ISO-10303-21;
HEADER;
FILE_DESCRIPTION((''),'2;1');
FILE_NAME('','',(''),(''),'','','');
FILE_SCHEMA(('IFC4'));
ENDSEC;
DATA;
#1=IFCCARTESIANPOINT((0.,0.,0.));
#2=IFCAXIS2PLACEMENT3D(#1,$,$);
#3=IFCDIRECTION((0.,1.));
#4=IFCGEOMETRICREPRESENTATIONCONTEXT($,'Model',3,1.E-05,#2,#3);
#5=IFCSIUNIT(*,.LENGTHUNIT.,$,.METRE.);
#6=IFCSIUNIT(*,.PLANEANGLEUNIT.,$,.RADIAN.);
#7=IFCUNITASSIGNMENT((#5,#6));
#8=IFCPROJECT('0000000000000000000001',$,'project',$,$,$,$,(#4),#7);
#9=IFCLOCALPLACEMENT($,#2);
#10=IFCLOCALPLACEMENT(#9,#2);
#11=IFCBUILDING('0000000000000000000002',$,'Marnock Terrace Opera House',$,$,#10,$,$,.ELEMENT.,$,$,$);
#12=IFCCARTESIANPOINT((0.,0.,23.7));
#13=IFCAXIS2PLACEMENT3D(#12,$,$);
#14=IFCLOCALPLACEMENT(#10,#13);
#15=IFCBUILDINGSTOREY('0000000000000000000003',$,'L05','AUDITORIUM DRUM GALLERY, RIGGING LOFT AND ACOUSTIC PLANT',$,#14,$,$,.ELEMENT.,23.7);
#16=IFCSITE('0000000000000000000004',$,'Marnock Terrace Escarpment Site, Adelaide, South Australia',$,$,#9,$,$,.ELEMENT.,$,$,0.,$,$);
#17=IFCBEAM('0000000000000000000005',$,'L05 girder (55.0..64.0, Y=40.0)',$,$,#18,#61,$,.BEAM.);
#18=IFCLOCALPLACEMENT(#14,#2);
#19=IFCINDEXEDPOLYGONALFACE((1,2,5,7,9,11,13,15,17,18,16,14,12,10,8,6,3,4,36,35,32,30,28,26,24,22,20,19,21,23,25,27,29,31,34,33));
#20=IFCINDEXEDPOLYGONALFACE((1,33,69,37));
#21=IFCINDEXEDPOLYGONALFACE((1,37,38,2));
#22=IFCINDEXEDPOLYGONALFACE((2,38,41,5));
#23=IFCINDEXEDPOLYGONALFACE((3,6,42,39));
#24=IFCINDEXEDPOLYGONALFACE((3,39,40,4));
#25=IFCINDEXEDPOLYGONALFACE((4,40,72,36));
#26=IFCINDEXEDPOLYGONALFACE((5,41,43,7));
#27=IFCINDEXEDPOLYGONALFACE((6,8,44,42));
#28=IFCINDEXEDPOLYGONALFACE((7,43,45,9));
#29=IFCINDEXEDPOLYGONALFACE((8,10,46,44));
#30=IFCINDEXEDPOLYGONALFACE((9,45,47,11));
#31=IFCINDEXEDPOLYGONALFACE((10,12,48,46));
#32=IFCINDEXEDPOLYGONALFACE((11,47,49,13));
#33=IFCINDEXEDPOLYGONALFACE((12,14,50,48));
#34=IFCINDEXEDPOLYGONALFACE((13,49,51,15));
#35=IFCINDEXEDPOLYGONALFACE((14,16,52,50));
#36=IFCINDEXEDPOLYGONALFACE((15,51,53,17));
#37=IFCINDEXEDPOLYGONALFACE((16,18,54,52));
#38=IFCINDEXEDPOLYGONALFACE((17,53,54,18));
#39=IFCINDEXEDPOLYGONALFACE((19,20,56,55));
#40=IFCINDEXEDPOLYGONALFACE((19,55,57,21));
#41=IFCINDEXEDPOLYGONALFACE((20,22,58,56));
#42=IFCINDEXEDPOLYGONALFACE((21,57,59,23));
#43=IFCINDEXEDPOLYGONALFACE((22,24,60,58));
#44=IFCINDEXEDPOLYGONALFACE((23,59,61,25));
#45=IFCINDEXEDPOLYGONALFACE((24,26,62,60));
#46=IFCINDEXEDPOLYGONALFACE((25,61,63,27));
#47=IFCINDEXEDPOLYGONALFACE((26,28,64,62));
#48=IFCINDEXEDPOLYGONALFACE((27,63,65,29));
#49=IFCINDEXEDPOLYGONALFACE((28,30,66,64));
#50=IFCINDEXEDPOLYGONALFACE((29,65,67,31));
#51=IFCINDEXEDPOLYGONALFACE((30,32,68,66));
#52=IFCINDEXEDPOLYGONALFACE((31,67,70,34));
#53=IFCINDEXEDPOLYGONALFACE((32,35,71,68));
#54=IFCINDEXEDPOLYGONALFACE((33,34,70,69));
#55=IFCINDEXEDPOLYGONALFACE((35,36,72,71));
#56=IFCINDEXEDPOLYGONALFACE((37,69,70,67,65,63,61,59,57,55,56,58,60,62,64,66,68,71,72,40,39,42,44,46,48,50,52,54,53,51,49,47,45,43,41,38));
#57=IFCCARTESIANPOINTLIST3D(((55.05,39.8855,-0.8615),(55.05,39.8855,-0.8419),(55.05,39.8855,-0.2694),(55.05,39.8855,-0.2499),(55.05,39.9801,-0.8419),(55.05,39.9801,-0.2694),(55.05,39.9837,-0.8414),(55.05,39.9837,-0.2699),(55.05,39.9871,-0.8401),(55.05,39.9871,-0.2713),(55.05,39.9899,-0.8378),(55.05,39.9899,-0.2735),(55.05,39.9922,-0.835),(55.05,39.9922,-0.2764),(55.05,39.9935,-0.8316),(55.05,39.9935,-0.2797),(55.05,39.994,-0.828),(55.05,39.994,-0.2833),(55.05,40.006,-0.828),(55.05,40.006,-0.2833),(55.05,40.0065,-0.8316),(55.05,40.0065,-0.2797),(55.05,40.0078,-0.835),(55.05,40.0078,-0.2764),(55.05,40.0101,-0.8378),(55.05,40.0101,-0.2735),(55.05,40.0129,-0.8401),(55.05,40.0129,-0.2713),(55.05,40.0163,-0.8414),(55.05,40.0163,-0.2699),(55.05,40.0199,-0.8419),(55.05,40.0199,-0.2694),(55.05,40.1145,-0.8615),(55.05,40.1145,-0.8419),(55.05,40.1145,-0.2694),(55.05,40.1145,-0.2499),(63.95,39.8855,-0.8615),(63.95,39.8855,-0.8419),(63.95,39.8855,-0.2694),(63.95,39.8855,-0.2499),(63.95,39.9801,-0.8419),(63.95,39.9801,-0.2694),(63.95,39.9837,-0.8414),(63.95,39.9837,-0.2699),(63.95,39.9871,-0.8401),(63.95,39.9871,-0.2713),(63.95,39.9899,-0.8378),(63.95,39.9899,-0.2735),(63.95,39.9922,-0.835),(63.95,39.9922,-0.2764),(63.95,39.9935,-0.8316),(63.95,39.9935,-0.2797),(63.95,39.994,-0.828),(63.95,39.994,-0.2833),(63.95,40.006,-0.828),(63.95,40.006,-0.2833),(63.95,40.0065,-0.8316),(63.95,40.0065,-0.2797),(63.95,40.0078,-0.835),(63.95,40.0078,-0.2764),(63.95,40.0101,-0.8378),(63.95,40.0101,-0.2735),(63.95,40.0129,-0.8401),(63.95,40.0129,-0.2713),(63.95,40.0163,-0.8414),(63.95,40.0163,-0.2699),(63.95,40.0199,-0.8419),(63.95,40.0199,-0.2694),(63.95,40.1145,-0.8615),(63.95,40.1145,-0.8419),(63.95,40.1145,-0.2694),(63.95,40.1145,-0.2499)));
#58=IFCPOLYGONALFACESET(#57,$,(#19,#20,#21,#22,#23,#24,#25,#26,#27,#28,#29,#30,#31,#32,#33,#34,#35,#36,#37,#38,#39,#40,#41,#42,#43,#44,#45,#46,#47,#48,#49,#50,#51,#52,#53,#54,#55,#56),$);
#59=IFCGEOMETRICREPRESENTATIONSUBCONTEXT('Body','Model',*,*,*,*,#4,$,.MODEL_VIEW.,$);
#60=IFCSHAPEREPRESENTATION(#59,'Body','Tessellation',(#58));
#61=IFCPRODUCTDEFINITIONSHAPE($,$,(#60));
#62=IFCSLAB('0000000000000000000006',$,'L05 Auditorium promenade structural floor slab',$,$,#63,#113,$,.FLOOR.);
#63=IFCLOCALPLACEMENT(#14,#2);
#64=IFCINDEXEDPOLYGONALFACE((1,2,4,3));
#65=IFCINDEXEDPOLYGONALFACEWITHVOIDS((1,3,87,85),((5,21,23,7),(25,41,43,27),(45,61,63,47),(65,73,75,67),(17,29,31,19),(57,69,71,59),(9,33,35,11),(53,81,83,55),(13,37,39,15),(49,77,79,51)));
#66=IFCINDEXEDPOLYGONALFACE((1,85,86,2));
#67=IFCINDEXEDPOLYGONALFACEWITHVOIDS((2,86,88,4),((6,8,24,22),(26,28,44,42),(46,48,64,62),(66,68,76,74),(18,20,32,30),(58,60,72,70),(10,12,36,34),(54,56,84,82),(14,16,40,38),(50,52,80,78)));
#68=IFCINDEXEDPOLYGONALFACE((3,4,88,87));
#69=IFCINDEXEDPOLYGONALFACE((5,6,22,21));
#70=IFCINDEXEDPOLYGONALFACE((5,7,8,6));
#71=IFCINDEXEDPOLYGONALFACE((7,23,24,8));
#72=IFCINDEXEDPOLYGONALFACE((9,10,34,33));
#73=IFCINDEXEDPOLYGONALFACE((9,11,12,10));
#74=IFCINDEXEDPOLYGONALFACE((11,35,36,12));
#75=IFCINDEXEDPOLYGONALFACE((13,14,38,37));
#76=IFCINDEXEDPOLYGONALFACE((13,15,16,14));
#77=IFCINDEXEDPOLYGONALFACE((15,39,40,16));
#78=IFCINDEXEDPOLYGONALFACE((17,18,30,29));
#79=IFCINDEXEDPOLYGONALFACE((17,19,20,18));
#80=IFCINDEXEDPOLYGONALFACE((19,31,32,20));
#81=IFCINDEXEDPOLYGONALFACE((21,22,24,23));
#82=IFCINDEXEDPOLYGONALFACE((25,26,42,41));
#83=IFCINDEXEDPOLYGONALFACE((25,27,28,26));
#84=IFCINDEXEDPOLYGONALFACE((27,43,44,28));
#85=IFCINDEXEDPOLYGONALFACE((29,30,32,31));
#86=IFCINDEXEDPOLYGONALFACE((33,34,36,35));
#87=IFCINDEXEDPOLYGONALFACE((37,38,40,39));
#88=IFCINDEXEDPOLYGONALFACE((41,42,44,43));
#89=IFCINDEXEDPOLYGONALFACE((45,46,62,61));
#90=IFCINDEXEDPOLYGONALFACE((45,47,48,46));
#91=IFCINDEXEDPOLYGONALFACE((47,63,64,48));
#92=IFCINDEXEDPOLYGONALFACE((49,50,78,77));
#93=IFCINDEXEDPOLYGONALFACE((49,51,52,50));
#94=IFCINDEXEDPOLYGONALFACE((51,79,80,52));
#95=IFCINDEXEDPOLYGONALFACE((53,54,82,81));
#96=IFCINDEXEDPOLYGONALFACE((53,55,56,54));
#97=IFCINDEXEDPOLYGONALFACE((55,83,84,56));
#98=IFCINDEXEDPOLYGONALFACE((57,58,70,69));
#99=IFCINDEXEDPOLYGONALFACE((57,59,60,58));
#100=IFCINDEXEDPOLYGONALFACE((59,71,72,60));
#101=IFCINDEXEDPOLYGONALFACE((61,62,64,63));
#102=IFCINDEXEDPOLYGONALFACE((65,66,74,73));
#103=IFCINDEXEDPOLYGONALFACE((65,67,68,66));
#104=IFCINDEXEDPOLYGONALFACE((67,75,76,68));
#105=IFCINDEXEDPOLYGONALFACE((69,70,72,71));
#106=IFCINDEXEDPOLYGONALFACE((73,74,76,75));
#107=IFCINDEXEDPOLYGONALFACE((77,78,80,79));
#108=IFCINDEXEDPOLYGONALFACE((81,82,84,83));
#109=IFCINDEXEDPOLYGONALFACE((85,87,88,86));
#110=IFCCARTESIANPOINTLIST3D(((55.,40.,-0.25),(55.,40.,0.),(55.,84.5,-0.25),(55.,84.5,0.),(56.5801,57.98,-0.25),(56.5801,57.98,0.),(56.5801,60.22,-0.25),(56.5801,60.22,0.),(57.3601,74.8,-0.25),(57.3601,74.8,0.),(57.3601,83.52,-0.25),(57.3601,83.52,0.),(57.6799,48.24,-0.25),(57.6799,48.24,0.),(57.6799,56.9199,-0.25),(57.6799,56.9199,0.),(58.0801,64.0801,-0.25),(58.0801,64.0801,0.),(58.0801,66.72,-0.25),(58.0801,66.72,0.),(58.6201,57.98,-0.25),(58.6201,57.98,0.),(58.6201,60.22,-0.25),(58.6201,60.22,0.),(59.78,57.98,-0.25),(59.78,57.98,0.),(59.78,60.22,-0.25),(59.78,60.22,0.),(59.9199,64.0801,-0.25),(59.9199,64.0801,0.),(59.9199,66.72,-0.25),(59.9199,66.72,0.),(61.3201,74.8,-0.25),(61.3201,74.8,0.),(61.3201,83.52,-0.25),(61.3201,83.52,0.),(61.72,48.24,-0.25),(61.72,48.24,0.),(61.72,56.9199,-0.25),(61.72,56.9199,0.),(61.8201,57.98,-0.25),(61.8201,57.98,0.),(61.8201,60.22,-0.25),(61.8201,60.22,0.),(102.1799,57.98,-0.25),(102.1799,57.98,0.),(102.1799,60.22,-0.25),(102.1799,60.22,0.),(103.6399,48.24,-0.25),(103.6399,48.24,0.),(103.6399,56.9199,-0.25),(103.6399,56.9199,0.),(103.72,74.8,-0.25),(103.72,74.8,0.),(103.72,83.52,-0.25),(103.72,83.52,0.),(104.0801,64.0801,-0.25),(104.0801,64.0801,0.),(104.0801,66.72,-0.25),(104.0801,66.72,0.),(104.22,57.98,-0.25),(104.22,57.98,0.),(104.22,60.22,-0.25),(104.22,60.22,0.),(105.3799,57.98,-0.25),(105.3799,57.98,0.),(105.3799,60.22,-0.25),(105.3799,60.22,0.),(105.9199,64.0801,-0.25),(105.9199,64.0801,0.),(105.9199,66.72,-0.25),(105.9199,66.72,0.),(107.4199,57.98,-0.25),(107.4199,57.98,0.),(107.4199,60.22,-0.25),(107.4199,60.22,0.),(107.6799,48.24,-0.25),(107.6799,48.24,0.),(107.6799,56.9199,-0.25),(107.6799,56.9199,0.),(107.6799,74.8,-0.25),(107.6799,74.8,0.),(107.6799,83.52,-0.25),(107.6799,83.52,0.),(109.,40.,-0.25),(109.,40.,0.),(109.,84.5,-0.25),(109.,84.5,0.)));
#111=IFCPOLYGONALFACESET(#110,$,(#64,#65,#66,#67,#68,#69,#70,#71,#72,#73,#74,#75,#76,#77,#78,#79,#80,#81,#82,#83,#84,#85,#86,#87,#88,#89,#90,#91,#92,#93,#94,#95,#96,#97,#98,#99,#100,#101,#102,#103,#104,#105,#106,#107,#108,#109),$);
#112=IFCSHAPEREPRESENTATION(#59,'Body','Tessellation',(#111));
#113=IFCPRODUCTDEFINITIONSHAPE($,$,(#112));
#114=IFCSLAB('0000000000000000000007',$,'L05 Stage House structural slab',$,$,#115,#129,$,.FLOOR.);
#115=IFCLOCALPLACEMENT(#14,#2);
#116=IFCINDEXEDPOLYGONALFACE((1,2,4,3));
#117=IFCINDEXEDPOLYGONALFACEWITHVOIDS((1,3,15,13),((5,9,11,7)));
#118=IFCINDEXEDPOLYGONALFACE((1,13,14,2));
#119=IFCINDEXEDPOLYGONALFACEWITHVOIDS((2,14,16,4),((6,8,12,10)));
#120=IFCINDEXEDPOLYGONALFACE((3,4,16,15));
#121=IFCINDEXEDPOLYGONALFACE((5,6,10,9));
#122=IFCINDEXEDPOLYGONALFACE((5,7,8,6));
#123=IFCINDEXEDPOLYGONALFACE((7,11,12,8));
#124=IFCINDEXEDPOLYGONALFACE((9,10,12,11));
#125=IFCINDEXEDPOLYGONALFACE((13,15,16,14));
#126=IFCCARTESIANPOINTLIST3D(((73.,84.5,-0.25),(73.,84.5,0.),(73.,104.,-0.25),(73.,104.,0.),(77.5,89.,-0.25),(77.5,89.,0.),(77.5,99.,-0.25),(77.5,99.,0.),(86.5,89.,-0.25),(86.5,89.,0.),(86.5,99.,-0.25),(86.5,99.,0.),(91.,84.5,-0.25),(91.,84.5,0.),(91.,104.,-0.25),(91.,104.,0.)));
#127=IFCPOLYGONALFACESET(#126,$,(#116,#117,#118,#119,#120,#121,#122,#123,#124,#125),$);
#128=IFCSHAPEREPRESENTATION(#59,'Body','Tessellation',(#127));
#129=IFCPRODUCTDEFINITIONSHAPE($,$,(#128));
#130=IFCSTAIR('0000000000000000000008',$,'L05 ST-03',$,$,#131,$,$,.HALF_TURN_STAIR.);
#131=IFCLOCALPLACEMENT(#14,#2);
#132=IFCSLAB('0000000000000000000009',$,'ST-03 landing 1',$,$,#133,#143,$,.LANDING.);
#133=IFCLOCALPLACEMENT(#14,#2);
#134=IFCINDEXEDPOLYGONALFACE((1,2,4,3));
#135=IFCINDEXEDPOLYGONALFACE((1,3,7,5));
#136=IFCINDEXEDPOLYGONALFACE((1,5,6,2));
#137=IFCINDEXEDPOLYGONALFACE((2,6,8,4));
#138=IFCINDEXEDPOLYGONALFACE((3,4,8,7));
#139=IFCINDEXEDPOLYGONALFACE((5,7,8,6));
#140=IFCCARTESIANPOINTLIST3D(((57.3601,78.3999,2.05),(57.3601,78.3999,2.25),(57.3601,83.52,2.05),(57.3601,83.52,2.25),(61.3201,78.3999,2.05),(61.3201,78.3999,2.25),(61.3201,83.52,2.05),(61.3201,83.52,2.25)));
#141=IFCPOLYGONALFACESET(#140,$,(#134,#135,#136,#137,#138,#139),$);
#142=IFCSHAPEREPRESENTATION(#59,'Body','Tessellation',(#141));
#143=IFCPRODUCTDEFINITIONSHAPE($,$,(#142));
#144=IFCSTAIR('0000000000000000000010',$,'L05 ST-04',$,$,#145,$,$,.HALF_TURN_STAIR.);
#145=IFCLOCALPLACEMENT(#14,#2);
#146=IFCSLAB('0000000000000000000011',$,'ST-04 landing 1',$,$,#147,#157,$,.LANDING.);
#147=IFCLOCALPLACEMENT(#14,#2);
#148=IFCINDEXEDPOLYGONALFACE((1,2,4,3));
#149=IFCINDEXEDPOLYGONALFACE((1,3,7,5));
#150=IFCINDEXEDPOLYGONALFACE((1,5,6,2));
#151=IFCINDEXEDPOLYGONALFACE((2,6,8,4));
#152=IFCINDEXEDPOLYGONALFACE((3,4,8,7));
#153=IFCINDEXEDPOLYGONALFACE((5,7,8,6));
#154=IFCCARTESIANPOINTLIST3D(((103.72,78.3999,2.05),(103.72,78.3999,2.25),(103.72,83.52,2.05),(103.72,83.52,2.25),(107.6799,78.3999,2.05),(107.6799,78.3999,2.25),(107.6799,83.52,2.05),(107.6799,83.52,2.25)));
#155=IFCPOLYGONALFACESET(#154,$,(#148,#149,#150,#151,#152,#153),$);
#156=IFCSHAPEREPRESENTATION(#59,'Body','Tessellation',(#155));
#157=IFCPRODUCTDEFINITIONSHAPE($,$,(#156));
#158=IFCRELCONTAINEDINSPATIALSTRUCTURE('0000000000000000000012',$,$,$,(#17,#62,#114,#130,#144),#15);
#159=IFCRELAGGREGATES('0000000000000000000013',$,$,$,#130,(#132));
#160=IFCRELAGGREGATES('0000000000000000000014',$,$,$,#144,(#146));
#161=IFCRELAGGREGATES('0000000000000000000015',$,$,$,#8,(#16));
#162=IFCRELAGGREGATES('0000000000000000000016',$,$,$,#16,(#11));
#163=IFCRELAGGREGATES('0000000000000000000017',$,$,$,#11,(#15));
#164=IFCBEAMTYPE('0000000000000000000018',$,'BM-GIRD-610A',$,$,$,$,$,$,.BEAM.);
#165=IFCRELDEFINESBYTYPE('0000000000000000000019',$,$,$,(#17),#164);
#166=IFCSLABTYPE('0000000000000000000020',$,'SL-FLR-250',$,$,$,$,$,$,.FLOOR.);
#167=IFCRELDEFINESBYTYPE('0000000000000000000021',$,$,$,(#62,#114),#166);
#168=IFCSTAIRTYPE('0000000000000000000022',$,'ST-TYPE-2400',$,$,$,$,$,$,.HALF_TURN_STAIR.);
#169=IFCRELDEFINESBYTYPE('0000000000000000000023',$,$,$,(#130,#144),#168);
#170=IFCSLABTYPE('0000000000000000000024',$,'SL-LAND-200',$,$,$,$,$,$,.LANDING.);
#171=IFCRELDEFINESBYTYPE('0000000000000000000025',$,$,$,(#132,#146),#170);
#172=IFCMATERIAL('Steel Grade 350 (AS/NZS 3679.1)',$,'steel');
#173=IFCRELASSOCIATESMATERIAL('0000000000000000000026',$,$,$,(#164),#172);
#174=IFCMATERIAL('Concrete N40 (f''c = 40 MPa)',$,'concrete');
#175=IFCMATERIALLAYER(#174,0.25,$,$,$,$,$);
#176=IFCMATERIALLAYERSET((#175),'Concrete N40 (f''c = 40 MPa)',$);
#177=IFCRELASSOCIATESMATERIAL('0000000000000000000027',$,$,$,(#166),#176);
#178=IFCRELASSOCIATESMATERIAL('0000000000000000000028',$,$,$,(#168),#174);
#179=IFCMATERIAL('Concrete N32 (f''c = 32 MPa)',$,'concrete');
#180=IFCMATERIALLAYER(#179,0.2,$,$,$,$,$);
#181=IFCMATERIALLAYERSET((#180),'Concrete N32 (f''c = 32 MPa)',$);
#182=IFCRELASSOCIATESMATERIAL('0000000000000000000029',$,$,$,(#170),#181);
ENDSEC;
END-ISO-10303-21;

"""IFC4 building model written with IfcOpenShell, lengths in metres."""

from ifc_helpers import new_model, si_unit, direction, frame, origin, origin_2d, place, context, subcontext, project, spatial, polyline, i_section, outline, extrude, material, layer, layer_set, material_profile, profile_set, type_object, element, aggregate, save


model = new_model("IFC4")

# Units and contexts
model_context = context("Model", 3, precision=1e-05, world=origin(), true_north=direction((0.0, 1.0)))
body_context = subcontext(model_context, "Body", "Model", "MODEL_VIEW")
ifc_project = project(units=[si_unit("LENGTHUNIT", "METRE"), si_unit("PLANEANGLEUNIT", "RADIAN")], contexts=[model_context])

# Site, building, storey
site_placement = place(None, origin())
site = spatial("IfcSite", under=ifc_project, at=site_placement, Name="Marnock Terrace Escarpment Site, Adelaide, South Australia", CompositionType="ELEMENT", RefElevation=0.0)
building_placement = place(site_placement, origin())
building = spatial("IfcBuilding", under=site, at=building_placement, Name="Marnock Terrace Opera House", CompositionType="ELEMENT")
storey_placement = place(building_placement, frame((0.0, 0.0, 23.7)))
storey = spatial("IfcBuildingStorey", under=building, at=storey_placement, Name="L05", Description="AUDITORIUM DRUM GALLERY, RIGGING LOFT AND ACOUSTIC PLANT", CompositionType="ELEMENT", Elevation=23.7)

# Shared definitions
ifc_material_1 = material(Name="Concrete N40 (f'c = 40 MPa)", Category="concrete")

# Beam
ifc_material_2 = material(Name="Steel Grade 350 (AS/NZS 3679.1)", Category="steel")
ifc_material_profile_1 = material_profile(ifc_material_2, i_section(OverallWidth=0.229, OverallDepth=0.6116, WebThickness=0.012, FlangeThickness=0.0195, FilletRadius=0.0139, at=origin_2d()))
ifc_profile_set_1 = profile_set([ifc_material_profile_1], Name="Steel Grade 350 (AS/NZS 3679.1)")
beam_type_1 = type_object("IfcBeamType", Name="BM-GIRD-610A", PredefinedType="BEAM", material=ifc_profile_set_1)
beam_1_placement = place(storey_placement, frame((55.05, 40.0, -0.5557), z_axis=(1.0, 0.0, 0.0), x_axis=(0.0, 1.0, 0.0)))
element("IfcBeam", 1, at=beam_1_placement, inside=storey, type_object=beam_type_1, Name="L05 girder (55.0..64.0, Y=40.0)", PredefinedType="BEAM", context=body_context, shape_type="SweptSolid", body=[
    extrude(i_section(OverallWidth=0.229, OverallDepth=0.6116, WebThickness=0.012, FlangeThickness=0.0195, FilletRadius=0.0139, at=origin_2d()), origin(), (0.0, 0.0, 1.0), 8.8999),
])

# Slabs
ifc_layer_1 = layer(ifc_material_1, 0.25)
ifc_layer_set_1 = layer_set([ifc_layer_1], Name="Concrete N40 (f'c = 40 MPa)")
slab_type_1 = type_object("IfcSlabType", Name="SL-FLR-250", PredefinedType="FLOOR", material=ifc_layer_set_1)
slab_1_placement = place(storey_placement, frame((0.0, 0.0, -0.25)))
element("IfcSlab", 2, at=slab_1_placement, inside=storey, type_object=slab_type_1, Name="L05 Auditorium promenade structural floor slab", PredefinedType="FLOOR", context=body_context, shape_type="SweptSolid", body=[
    extrude(outline(polyline([(55.0, 40.0), (109.0, 40.0), (109.0, 84.5), (55.0, 84.5), (55.0, 40.0)]), holes=[polyline([(61.72, 48.24), (61.72, 56.9199), (57.6799, 56.9199), (57.6799, 48.24), (61.72, 48.24)]), polyline([(56.5801, 57.98), (58.6201, 57.98), (58.6201, 60.22), (56.5801, 60.22), (56.5801, 57.98)]), polyline([(59.78, 57.98), (61.8201, 57.98), (61.8201, 60.22), (59.78, 60.22), (59.78, 57.98)]), polyline([(107.6799, 48.24), (107.6799, 56.9199), (103.6399, 56.9199), (103.6399, 48.24), (107.6799, 48.24)]), polyline([(102.1799, 57.98), (104.22, 57.98), (104.22, 60.22), (102.1799, 60.22), (102.1799, 57.98)]), polyline([(105.3799, 57.98), (107.4199, 57.98), (107.4199, 60.22), (105.3799, 60.22), (105.3799, 57.98)]), polyline([(61.3201, 74.8), (61.3201, 83.52), (57.3601, 83.52), (57.3601, 74.8), (61.3201, 74.8)]), polyline([(58.0801, 64.0801), (59.9199, 64.0801), (59.9199, 66.72), (58.0801, 66.72), (58.0801, 64.0801)]), polyline([(107.6799, 74.8), (107.6799, 83.52), (103.72, 83.52), (103.72, 74.8), (107.6799, 74.8)]), polyline([(104.0801, 64.0801), (105.9199, 64.0801), (105.9199, 66.72), (104.0801, 66.72), (104.0801, 64.0801)])]), origin(), (0.0, 0.0, 1.0), 0.25),
])
slab_2_placement = place(storey_placement, frame((0.0, 0.0, -0.25)))
element("IfcSlab", 3, at=slab_2_placement, inside=storey, type_object=slab_type_1, Name="L05 Stage House structural slab", PredefinedType="FLOOR", context=body_context, shape_type="SweptSolid", body=[
    extrude(outline(polyline([(73.0, 84.5), (91.0, 84.5), (91.0, 104.0), (73.0, 104.0), (73.0, 84.5)]), holes=[polyline([(77.5, 89.0), (86.5, 89.0), (86.5, 99.0), (77.5, 99.0), (77.5, 89.0)])]), origin(), (0.0, 0.0, 1.0), 0.25),
])

# Stairs, slabs
stair_type = type_object("IfcStairType", Name="ST-TYPE-2400", PredefinedType="HALF_TURN_STAIR", material=ifc_material_1)
stair_1_placement = place(storey_placement, origin())
stair_1 = element("IfcStair", 4, at=stair_1_placement, inside=storey, type_object=stair_type, Name="L05 ST-03", PredefinedType="HALF_TURN_STAIR")
ifc_material_3 = material(Name="Concrete N32 (f'c = 32 MPa)", Category="concrete")
ifc_layer_2 = layer(ifc_material_3, 0.2)
ifc_layer_set_2 = layer_set([ifc_layer_2], Name="Concrete N32 (f'c = 32 MPa)")
slab_type_2 = type_object("IfcSlabType", Name="SL-LAND-200", PredefinedType="LANDING", material=ifc_layer_set_2)
slab_3_placement = place(storey_placement, frame((0.0, 0.0, 2.05)))
slab_3 = element("IfcSlab", 5, at=slab_3_placement, type_object=slab_type_2, Name="ST-03 landing 1", PredefinedType="LANDING", context=body_context, shape_type="SweptSolid", body=[
    extrude(outline(polyline([(61.3201, 78.3999), (61.3201, 83.52), (57.3601, 83.52), (57.3601, 78.3999), (61.3201, 78.3999)])), origin(), (0.0, 0.0, 1.0), 0.2),
])
aggregate(stair_1, [slab_3])
stair_2_placement = place(storey_placement, origin())
stair_2 = element("IfcStair", 6, at=stair_2_placement, inside=storey, type_object=stair_type, Name="L05 ST-04", PredefinedType="HALF_TURN_STAIR")
slab_4_placement = place(storey_placement, frame((0.0, 0.0, 2.05)))
slab_4 = element("IfcSlab", 7, at=slab_4_placement, type_object=slab_type_2, Name="ST-04 landing 1", PredefinedType="LANDING", context=body_context, shape_type="SweptSolid", body=[
    extrude(outline(polyline([(107.6799, 78.3999), (107.6799, 83.52), (103.72, 83.52), (103.72, 78.3999), (107.6799, 78.3999)])), origin(), (0.0, 0.0, 1.0), 0.2),
])
aggregate(stair_2, [slab_4])

save(model, "model.ifc")
